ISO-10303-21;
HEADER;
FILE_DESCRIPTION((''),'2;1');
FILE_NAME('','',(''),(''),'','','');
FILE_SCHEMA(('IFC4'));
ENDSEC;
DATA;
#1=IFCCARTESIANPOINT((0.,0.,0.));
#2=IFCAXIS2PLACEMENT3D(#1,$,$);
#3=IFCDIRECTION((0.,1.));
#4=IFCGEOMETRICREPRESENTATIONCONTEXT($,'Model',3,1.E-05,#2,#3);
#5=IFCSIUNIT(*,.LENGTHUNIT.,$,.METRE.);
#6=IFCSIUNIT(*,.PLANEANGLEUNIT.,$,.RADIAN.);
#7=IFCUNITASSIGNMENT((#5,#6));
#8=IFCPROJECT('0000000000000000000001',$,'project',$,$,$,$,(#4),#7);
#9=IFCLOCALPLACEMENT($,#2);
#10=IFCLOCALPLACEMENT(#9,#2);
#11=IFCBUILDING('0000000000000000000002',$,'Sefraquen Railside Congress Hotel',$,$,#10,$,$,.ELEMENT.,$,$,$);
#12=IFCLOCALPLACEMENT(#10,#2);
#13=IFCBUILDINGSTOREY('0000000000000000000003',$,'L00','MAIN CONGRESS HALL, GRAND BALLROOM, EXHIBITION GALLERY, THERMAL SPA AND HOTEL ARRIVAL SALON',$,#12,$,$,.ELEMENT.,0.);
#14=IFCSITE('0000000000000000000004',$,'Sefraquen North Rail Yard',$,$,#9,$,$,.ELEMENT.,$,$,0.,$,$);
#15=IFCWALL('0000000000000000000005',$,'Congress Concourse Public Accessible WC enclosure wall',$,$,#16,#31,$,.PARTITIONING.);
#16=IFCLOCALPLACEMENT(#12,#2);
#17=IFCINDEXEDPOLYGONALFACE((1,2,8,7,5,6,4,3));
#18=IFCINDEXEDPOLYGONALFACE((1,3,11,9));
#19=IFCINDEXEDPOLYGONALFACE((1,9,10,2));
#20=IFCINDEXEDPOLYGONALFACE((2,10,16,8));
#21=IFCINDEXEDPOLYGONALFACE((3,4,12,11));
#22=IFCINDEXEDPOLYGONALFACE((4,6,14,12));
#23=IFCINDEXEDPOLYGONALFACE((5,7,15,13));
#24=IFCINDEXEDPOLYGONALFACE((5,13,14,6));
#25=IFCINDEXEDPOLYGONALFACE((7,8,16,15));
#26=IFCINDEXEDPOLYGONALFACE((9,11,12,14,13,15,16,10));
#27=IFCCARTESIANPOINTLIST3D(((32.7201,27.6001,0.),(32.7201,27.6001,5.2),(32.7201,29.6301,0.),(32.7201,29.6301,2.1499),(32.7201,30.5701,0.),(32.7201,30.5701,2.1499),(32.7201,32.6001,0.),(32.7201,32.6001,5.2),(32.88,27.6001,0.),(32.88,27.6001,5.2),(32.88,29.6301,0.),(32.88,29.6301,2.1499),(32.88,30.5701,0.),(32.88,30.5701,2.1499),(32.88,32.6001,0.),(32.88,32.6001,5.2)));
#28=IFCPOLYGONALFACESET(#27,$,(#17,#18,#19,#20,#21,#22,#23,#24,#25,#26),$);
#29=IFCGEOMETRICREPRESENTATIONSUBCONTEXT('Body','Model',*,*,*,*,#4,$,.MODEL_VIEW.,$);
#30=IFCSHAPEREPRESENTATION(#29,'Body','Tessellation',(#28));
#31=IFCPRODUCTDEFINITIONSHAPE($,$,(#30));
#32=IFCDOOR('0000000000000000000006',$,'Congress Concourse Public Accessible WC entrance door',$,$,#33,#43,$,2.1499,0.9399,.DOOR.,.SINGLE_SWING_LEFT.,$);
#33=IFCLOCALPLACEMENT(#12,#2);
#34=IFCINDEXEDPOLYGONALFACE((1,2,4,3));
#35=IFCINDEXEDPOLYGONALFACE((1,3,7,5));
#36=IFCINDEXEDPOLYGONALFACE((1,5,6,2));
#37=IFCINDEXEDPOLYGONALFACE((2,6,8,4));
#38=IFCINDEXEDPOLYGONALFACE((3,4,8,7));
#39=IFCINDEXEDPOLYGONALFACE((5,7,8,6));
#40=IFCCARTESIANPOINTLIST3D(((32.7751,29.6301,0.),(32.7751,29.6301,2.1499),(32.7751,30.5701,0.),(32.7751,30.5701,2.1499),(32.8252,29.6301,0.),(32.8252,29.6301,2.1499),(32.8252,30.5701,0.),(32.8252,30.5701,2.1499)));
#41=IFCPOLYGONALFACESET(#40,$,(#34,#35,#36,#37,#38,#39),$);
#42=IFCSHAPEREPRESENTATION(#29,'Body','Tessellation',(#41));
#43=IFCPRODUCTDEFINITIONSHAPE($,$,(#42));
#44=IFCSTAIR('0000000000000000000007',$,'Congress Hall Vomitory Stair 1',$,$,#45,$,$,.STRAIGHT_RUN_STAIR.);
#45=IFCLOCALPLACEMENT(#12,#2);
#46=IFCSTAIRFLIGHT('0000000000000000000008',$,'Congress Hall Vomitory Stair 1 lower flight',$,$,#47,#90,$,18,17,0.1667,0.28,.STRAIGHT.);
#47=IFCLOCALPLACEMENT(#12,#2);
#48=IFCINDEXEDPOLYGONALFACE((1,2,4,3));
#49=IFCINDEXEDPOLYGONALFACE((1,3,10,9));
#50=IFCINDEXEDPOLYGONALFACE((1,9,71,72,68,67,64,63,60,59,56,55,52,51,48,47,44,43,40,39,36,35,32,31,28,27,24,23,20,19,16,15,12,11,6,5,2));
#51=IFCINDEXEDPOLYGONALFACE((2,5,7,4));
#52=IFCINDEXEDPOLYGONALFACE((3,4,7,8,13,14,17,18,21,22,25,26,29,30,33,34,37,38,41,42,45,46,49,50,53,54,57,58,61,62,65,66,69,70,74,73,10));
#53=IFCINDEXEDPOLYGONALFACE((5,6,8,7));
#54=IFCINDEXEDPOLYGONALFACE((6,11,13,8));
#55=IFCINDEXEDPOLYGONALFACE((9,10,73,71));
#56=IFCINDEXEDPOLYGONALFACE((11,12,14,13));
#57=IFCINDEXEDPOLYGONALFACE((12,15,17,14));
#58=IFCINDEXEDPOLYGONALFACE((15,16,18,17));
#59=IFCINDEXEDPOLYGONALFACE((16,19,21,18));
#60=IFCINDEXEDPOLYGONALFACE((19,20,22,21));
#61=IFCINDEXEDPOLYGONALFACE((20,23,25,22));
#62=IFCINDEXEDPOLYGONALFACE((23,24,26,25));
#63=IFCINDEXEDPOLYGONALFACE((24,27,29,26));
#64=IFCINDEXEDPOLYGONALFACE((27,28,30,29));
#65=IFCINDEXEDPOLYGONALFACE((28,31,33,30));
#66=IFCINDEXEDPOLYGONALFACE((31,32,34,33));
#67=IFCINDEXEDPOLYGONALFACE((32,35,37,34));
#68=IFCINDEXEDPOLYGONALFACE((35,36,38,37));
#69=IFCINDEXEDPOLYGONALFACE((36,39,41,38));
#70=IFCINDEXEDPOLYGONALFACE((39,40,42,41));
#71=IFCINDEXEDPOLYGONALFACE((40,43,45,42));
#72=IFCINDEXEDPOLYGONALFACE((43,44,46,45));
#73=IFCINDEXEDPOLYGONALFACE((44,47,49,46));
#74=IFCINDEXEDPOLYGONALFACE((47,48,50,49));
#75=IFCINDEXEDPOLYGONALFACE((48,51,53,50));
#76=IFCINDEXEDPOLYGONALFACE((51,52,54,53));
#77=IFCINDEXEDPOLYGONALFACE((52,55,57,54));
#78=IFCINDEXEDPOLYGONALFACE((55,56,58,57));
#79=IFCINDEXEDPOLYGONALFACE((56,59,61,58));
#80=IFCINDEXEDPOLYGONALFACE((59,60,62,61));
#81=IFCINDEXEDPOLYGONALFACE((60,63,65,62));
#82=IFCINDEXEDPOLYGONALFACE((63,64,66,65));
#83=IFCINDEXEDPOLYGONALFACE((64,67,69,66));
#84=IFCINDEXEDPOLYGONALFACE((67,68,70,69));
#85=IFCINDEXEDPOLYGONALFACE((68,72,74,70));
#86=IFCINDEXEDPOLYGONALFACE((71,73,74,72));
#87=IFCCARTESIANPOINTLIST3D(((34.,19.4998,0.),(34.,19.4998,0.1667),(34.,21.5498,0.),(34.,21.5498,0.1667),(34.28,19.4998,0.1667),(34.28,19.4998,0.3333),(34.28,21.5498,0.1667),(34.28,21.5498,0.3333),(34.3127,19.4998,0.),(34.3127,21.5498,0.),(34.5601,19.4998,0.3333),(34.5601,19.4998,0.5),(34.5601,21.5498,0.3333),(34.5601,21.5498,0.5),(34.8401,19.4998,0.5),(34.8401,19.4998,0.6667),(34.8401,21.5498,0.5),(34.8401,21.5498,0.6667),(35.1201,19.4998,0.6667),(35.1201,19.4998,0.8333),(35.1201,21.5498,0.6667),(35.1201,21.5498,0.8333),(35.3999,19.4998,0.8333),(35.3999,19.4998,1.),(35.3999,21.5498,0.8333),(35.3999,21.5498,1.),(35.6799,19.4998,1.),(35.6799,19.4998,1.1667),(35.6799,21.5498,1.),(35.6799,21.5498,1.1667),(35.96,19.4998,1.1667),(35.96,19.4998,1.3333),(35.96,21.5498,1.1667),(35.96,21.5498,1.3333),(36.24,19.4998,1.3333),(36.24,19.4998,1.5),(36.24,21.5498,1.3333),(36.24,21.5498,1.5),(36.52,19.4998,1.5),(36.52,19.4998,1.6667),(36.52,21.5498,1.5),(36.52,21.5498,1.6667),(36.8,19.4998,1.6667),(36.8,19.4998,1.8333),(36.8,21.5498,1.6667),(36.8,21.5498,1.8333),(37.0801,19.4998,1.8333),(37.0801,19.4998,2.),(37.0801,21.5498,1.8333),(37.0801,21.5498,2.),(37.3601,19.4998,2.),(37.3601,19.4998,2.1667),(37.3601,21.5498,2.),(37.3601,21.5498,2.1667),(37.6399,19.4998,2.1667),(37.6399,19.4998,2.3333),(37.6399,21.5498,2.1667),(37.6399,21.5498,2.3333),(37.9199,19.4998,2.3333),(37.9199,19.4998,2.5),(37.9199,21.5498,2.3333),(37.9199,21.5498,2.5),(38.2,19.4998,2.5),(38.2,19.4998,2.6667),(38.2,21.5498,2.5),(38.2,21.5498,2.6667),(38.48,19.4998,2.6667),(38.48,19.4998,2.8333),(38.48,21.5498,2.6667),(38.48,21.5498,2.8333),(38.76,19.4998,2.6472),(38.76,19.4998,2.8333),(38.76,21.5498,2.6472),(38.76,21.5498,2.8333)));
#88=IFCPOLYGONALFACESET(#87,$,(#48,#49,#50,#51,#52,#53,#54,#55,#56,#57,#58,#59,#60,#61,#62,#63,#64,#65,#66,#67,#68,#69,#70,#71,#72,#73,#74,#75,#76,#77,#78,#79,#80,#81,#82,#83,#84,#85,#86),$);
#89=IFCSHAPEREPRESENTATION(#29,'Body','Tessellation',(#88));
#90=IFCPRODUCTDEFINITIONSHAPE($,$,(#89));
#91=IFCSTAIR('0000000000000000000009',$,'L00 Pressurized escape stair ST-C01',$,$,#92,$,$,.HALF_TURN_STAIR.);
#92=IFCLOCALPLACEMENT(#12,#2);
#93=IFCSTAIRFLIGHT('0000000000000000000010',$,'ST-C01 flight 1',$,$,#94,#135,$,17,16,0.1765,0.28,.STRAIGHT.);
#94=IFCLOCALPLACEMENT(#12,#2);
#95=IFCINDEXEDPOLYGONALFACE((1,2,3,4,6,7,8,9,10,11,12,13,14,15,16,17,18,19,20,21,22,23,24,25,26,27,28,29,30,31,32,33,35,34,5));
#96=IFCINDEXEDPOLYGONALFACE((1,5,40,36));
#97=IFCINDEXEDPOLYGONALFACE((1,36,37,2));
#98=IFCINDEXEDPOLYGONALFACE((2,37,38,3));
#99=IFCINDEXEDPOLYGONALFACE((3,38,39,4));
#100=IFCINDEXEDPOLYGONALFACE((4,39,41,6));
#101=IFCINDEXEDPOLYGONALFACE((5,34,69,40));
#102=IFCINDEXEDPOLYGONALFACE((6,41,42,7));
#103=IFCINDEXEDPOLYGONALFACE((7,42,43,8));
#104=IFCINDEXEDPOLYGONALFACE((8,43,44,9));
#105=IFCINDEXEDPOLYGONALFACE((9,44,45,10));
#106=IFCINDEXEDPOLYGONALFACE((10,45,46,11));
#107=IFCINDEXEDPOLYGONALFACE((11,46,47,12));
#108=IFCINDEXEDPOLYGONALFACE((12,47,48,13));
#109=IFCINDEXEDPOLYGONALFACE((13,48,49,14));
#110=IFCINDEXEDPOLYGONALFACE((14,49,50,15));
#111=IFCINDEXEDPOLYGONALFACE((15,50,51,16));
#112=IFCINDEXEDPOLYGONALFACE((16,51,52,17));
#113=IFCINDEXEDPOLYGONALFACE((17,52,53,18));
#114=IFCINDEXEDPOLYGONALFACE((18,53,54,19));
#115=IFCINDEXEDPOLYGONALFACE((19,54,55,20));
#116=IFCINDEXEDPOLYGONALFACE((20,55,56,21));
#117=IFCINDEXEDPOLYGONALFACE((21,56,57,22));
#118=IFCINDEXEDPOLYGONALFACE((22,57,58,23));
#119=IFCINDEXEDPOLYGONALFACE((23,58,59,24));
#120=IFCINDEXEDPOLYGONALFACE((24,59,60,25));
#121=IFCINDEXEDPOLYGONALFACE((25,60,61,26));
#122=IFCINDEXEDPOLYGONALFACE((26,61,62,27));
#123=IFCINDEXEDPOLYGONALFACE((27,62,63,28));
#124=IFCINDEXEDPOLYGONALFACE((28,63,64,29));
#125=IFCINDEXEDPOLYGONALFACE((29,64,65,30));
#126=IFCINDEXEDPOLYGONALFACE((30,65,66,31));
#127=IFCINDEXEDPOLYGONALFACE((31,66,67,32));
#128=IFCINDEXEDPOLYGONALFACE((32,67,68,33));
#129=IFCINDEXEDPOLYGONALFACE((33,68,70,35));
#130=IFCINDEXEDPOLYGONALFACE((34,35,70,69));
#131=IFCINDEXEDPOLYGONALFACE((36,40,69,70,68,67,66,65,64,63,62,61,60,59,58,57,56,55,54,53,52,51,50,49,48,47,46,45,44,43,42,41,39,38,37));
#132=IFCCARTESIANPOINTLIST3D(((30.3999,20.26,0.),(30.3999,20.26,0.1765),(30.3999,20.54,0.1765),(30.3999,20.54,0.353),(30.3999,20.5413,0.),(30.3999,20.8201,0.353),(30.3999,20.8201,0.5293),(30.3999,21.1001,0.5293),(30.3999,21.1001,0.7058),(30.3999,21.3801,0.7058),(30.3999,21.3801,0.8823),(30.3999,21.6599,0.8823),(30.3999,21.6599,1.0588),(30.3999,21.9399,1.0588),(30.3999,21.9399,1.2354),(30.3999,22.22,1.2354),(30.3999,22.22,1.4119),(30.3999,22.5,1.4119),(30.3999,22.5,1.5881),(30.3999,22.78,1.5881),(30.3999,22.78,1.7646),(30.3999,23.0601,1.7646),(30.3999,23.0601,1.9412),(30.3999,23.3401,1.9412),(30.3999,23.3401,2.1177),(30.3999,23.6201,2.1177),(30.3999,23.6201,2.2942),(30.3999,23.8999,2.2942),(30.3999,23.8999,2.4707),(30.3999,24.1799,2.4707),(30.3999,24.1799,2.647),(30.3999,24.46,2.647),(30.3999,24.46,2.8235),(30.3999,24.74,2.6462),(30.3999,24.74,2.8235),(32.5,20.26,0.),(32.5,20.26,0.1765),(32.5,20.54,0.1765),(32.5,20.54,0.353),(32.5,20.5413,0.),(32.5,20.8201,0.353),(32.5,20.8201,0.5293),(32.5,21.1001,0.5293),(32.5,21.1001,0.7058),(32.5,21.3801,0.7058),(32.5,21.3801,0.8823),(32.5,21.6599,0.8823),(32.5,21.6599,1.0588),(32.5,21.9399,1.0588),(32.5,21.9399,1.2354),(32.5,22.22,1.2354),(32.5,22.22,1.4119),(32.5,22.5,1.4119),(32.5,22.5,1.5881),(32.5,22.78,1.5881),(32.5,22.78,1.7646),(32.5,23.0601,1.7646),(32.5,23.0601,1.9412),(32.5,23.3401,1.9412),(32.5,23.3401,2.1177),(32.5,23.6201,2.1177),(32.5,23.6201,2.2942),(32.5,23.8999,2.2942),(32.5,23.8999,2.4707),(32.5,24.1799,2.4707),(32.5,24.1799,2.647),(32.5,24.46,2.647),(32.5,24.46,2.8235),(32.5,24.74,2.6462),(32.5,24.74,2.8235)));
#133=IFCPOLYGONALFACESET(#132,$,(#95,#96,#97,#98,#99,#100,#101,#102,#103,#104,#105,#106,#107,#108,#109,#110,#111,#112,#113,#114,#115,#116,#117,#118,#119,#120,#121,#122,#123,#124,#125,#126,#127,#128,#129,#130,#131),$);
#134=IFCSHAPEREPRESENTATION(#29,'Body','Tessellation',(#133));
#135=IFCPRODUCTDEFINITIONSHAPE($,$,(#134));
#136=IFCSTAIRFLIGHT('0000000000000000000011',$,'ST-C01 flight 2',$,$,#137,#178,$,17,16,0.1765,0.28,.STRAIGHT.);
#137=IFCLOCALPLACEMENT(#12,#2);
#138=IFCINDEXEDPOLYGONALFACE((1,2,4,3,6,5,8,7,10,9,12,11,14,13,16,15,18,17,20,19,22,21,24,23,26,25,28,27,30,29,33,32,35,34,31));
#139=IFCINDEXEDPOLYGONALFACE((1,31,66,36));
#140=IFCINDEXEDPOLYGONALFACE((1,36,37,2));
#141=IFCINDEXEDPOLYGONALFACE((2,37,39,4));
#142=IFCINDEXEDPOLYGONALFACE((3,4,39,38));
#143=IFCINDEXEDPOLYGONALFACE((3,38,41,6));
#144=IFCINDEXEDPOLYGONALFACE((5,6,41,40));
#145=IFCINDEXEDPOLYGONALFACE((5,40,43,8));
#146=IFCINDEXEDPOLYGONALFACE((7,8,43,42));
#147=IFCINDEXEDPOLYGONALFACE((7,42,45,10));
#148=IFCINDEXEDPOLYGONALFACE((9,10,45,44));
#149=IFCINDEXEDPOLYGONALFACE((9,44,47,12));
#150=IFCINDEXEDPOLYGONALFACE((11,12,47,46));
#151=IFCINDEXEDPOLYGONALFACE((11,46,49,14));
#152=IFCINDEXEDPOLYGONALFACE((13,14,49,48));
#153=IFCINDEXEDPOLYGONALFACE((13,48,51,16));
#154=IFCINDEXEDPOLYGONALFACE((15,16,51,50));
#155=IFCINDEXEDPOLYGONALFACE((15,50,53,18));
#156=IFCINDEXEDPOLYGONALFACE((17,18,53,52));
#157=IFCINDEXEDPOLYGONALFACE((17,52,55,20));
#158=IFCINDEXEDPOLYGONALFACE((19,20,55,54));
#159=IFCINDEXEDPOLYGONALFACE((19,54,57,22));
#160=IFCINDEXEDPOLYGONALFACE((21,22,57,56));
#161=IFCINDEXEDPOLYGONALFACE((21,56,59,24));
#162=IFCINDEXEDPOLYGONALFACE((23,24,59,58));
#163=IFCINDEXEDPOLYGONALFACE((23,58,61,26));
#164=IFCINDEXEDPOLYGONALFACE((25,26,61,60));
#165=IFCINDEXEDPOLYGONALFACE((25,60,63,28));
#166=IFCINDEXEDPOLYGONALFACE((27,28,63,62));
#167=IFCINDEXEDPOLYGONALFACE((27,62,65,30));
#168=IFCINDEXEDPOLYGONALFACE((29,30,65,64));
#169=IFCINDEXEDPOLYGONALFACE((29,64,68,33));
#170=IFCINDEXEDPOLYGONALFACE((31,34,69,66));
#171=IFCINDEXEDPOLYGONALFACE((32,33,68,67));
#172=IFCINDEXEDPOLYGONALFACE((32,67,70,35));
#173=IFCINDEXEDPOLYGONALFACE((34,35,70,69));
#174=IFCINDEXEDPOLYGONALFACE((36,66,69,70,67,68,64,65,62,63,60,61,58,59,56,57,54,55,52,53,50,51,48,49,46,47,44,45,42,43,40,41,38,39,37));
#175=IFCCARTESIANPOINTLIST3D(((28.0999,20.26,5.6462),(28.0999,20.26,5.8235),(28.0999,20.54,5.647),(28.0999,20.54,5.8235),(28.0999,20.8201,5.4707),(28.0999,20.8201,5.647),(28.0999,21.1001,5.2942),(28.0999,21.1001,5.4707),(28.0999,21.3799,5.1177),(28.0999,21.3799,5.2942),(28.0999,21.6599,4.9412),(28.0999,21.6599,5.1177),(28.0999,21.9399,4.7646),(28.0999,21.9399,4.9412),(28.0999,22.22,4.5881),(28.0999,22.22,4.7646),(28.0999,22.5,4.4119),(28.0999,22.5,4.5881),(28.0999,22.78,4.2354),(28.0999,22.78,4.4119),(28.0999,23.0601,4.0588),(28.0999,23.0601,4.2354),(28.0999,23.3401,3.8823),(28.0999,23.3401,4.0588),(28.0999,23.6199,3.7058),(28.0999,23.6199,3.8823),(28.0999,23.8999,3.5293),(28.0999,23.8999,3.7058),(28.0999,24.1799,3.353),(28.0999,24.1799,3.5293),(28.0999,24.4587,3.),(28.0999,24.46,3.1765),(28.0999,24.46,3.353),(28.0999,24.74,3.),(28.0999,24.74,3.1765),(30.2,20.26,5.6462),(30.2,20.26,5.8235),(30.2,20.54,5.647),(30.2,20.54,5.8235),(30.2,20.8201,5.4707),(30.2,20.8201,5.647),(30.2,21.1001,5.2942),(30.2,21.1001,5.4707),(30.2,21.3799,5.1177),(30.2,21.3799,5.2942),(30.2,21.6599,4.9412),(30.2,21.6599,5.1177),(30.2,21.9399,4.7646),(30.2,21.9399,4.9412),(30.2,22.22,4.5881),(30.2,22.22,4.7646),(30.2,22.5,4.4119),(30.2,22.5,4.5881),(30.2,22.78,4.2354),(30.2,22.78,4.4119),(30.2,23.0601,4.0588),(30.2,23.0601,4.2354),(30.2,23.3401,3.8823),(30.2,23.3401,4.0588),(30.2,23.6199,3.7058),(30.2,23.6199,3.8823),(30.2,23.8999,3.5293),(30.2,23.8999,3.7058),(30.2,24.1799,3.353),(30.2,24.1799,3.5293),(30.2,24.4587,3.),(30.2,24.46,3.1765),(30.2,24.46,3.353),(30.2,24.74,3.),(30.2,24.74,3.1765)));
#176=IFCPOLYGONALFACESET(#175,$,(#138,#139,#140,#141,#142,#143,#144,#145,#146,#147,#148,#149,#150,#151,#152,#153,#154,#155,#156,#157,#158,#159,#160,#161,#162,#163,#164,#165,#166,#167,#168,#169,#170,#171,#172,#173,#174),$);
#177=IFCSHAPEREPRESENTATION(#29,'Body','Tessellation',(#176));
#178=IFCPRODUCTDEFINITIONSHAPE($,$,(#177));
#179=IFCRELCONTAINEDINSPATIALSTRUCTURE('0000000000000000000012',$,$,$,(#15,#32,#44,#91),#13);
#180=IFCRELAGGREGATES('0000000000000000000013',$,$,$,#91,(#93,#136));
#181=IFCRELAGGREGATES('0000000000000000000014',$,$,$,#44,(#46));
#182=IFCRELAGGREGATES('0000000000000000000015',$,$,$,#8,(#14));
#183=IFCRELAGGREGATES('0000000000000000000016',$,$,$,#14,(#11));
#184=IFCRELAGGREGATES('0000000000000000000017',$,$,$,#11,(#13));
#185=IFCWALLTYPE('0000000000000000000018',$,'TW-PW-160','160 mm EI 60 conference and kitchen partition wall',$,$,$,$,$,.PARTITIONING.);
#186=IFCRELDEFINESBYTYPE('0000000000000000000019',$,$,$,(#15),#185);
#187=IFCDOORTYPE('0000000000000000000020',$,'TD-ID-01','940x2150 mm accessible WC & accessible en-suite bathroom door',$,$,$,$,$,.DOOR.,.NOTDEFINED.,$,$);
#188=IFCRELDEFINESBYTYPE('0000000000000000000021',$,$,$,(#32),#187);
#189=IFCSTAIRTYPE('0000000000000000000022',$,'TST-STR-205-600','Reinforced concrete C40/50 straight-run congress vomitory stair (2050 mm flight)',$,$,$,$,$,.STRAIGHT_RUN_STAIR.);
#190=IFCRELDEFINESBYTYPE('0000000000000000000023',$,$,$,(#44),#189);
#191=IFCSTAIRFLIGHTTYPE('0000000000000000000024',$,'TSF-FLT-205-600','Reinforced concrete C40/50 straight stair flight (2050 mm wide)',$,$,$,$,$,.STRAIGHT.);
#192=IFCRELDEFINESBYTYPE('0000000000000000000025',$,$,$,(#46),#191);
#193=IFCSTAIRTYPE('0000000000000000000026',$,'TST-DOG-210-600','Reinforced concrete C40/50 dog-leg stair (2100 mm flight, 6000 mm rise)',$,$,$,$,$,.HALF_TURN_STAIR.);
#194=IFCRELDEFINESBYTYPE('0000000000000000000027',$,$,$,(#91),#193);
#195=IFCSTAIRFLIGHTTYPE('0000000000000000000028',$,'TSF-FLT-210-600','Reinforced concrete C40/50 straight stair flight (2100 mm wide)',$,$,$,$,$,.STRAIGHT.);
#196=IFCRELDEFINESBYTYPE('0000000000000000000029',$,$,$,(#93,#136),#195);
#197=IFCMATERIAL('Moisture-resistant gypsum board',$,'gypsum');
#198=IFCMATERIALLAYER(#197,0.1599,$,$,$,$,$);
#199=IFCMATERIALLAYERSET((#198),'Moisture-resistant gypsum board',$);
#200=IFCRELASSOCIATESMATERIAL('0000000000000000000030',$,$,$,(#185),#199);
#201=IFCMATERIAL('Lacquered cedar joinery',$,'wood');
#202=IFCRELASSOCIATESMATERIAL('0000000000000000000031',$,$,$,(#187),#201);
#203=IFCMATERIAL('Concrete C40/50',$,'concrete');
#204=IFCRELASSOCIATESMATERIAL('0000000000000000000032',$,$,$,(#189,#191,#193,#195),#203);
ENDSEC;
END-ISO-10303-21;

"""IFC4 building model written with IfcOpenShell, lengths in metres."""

from ifc_helpers import new_model, si_unit, direction, frame, frame_2d, origin, place, context, subcontext, project, spatial, polyline, rectangle, outline, extrude, material, layer, layer_set, type_object, element, fill, aggregate, save


model = new_model("IFC4")

# Units and contexts
model_context = context("Model", 3, precision=1e-05, world=origin(), true_north=direction((0.0, 1.0)))
body_context = subcontext(model_context, "Body", "Model", "MODEL_VIEW")
ifc_project = project(units=[si_unit("LENGTHUNIT", "METRE"), si_unit("PLANEANGLEUNIT", "RADIAN")], contexts=[model_context])

# Site, building, storey
site_placement = place(None, origin())
site = spatial("IfcSite", under=ifc_project, at=site_placement, Name="Sefraquen North Rail Yard", CompositionType="ELEMENT", RefElevation=0.0)
building_placement = place(site_placement, origin())
building = spatial("IfcBuilding", under=site, at=building_placement, Name="Sefraquen Railside Congress Hotel", CompositionType="ELEMENT")
storey_placement = place(building_placement, origin())
storey = spatial("IfcBuildingStorey", under=building, at=storey_placement, Name="L00", Description="MAIN CONGRESS HALL, GRAND BALLROOM, EXHIBITION GALLERY, THERMAL SPA AND HOTEL ARRIVAL SALON", CompositionType="ELEMENT", Elevation=0.0)

# Wall, opening, door
ifc_material_1 = material(Name="Moisture-resistant gypsum board", Category="gypsum")
ifc_layer_1 = layer(ifc_material_1, 0.1599)
ifc_layer_set_1 = layer_set([ifc_layer_1], Name="Moisture-resistant gypsum board")
wall_type_1 = type_object("IfcWallType", Name="TW-PW-160", Description="160 mm EI 60 conference and kitchen partition wall", PredefinedType="PARTITIONING", material=ifc_layer_set_1)
wall_1_placement = place(storey_placement, frame((32.8, 27.6001, 0.0), z_axis=(0.0, 0.0, 1.0), x_axis=(0.0, 1.0, 0.0)))
wall_1 = element("IfcWall", 1, at=wall_1_placement, inside=storey, type_object=wall_type_1, Name="Congress Concourse Public Accessible WC enclosure wall", PredefinedType="PARTITIONING", context=body_context, shape_type="SweptSolid", body=[
    extrude(rectangle(XDim=5.0, YDim=0.1599, at=frame_2d((2.5, 0.0))), origin(), (0.0, 0.0, 1.0), 5.2),
])
opening_placement = place(wall_1_placement, frame((2.03, 0.0, 0.0)))
opening = element("IfcOpeningElement", 2, at=opening_placement, cuts=wall_1, PredefinedType="OPENING", context=body_context, shape_type="SweptSolid", body=[
    extrude(rectangle(XDim=0.9399, YDim=2.1499, at=frame_2d((0.47, 1.075))), frame((0.0, 0.0898, 0.0), z_axis=(0.0, -1.0, 0.0), x_axis=(1.0, 0.0, 0.0)), (0.0, 0.0, 1.0), 0.1799),
])
ifc_material_2 = material(Name="Lacquered cedar joinery", Category="wood")
door_type = type_object("IfcDoorType", Name="TD-ID-01", Description="940x2150 mm accessible WC & accessible en-suite bathroom door", OperationType="NOTDEFINED", PredefinedType="DOOR", material=ifc_material_2)
door_placement = place(opening_placement, origin())
door = element("IfcDoor", 3, at=door_placement, inside=storey, type_object=door_type, Name="Congress Concourse Public Accessible WC entrance door", OperationType="SINGLE_SWING_LEFT", OverallHeight=2.1499, OverallWidth=0.9399, PredefinedType="DOOR", context=body_context, shape_type="SweptSolid", body=[
    extrude(rectangle(XDim=0.9399, YDim=2.1499, at=frame_2d((0.47, 1.075))), frame((0.0, 0.0249, 0.0), z_axis=(0.0, -1.0, 0.0), x_axis=(1.0, 0.0, 0.0)), (0.0, 0.0, 1.0), 0.05),
])
fill(opening, door)

# Stair, stair flight
ifc_material_3 = material(Name="Concrete C40/50", Category="concrete")
stair_type_1 = type_object("IfcStairType", Name="TST-STR-205-600", Description="Reinforced concrete C40/50 straight-run congress vomitory stair (2050 mm flight)", PredefinedType="STRAIGHT_RUN_STAIR", material=ifc_material_3)
stair_1_placement = place(storey_placement, origin())
stair_1 = element("IfcStair", 4, at=stair_1_placement, inside=storey, type_object=stair_type_1, Name="Congress Hall Vomitory Stair 1", PredefinedType="STRAIGHT_RUN_STAIR")
stair_flight_type_1 = type_object("IfcStairFlightType", Name="TSF-FLT-205-600", Description="Reinforced concrete C40/50 straight stair flight (2050 mm wide)", PredefinedType="STRAIGHT", material=ifc_material_3)
stair_flight_1_placement = place(storey_placement, frame((34.0, 20.5249, 0.0), z_axis=(0.0, 0.0, 1.0), x_axis=(1.0, 0.0, 0.0)))
stair_flight_1 = element("IfcStairFlight", 5, at=stair_flight_1_placement, type_object=stair_flight_type_1, Name="Congress Hall Vomitory Stair 1 lower flight", NumberOfRisers=18, NumberOfTreads=17, PredefinedType="STRAIGHT", RiserHeight=0.1667, TreadLength=0.28, context=body_context, shape_type="SweptSolid", body=[
    extrude(outline(polyline([(0.0, 0.0), (0.0, 0.1667), (0.28, 0.1667), (0.28, 0.3333), (0.5601, 0.3333), (0.5601, 0.5), (0.8401, 0.5), (0.8401, 0.6667), (1.1201, 0.6667), (1.1201, 0.8333), (1.3999, 0.8333), (1.3999, 1.0), (1.6799, 1.0), (1.6799, 1.1667), (1.96, 1.1667), (1.96, 1.3333), (2.24, 1.3333), (2.24, 1.5), (2.52, 1.5), (2.52, 1.6667), (2.8, 1.6667), (2.8, 1.8333), (3.0801, 1.8333), (3.0801, 2.0), (3.3601, 2.0), (3.3601, 2.1667), (3.6399, 2.1667), (3.6399, 2.3333), (3.9199, 2.3333), (3.9199, 2.5), (4.2, 2.5), (4.2, 2.6667), (4.48, 2.6667), (4.48, 2.8333), (4.76, 2.8333), (4.76, 3.0), (4.76, 2.6472), (0.3127, 0.0), (0.0, 0.0)])), frame((0.0, 1.0249, 0.0), z_axis=(0.0, -1.0, 0.0), x_axis=(1.0, 0.0, 0.0)), (0.0, 0.0, 1.0), 2.05),
])

# Stair, stair flights
stair_type_2 = type_object("IfcStairType", Name="TST-DOG-210-600", Description="Reinforced concrete C40/50 dog-leg stair (2100 mm flight, 6000 mm rise)", PredefinedType="HALF_TURN_STAIR", material=ifc_material_3)
stair_2_placement = place(storey_placement, origin())
stair_2 = element("IfcStair", 6, at=stair_2_placement, inside=storey, type_object=stair_type_2, Name="L00 Pressurized escape stair ST-C01", PredefinedType="HALF_TURN_STAIR")
stair_flight_type_2 = type_object("IfcStairFlightType", Name="TSF-FLT-210-600", Description="Reinforced concrete C40/50 straight stair flight (2100 mm wide)", PredefinedType="STRAIGHT", material=ifc_material_3)
stair_flight_2_placement = place(storey_placement, frame((31.45, 20.26, 0.0), z_axis=(0.0, 0.0, 1.0), x_axis=(0.0, 1.0, 0.0)))
stair_flight_2 = element("IfcStairFlight", 7, at=stair_flight_2_placement, type_object=stair_flight_type_2, Name="ST-C01 flight 1", NumberOfRisers=17, NumberOfTreads=16, PredefinedType="STRAIGHT", RiserHeight=0.1765, TreadLength=0.28, context=body_context, shape_type="SweptSolid", body=[
    extrude(outline(polyline([(0.0, 0.0), (0.0, 0.1765), (0.28, 0.1765), (0.28, 0.353), (0.5601, 0.353), (0.5601, 0.5293), (0.8401, 0.5293), (0.8401, 0.7058), (1.1201, 0.7058), (1.1201, 0.8823), (1.3999, 0.8823), (1.3999, 1.0588), (1.6799, 1.0588), (1.6799, 1.2354), (1.96, 1.2354), (1.96, 1.4119), (2.24, 1.4119), (2.24, 1.5881), (2.52, 1.5881), (2.52, 1.7646), (2.8, 1.7646), (2.8, 1.9412), (3.0801, 1.9412), (3.0801, 2.1177), (3.3601, 2.1177), (3.3601, 2.2942), (3.6399, 2.2942), (3.6399, 2.4707), (3.9199, 2.4707), (3.9199, 2.647), (4.2, 2.647), (4.2, 2.8235), (4.48, 2.8235), (4.48, 3.0), (4.48, 2.6462), (0.2812, 0.0), (0.0, 0.0)])), frame((0.0, 1.05, 0.0), z_axis=(0.0, -1.0, 0.0), x_axis=(1.0, 0.0, 0.0)), (0.0, 0.0, 1.0), 2.1001),
])
stair_flight_3_placement = place(storey_placement, frame((29.1499, 24.74, 3.0), z_axis=(0.0, 0.0, 1.0), x_axis=(0.0, -1.0, 0.0)))
stair_flight_3 = element("IfcStairFlight", 8, at=stair_flight_3_placement, type_object=stair_flight_type_2, Name="ST-C01 flight 2", NumberOfRisers=17, NumberOfTreads=16, PredefinedType="STRAIGHT", RiserHeight=0.1765, TreadLength=0.28, context=body_context, shape_type="SweptSolid", body=[
    extrude(outline(polyline([(0.0, 0.0), (0.0, 0.1765), (0.28, 0.1765), (0.28, 0.353), (0.5601, 0.353), (0.5601, 0.5293), (0.8401, 0.5293), (0.8401, 0.7058), (1.1201, 0.7058), (1.1201, 0.8823), (1.3999, 0.8823), (1.3999, 1.0588), (1.6799, 1.0588), (1.6799, 1.2354), (1.96, 1.2354), (1.96, 1.4119), (2.24, 1.4119), (2.24, 1.5881), (2.52, 1.5881), (2.52, 1.7646), (2.8, 1.7646), (2.8, 1.9412), (3.0801, 1.9412), (3.0801, 2.1177), (3.3601, 2.1177), (3.3601, 2.2942), (3.6399, 2.2942), (3.6399, 2.4707), (3.9199, 2.4707), (3.9199, 2.647), (4.2, 2.647), (4.2, 2.8235), (4.48, 2.8235), (4.48, 3.0), (4.48, 2.6462), (0.2812, 0.0), (0.0, 0.0)])), frame((0.0, 1.05, 0.0), z_axis=(0.0, -1.0, 0.0), x_axis=(1.0, 0.0, 0.0)), (0.0, 0.0, 1.0), 2.1001),
])
aggregate(stair_2, [stair_flight_2, stair_flight_3])

aggregate(stair_1, [stair_flight_1])

save(model, "model.ifc")
